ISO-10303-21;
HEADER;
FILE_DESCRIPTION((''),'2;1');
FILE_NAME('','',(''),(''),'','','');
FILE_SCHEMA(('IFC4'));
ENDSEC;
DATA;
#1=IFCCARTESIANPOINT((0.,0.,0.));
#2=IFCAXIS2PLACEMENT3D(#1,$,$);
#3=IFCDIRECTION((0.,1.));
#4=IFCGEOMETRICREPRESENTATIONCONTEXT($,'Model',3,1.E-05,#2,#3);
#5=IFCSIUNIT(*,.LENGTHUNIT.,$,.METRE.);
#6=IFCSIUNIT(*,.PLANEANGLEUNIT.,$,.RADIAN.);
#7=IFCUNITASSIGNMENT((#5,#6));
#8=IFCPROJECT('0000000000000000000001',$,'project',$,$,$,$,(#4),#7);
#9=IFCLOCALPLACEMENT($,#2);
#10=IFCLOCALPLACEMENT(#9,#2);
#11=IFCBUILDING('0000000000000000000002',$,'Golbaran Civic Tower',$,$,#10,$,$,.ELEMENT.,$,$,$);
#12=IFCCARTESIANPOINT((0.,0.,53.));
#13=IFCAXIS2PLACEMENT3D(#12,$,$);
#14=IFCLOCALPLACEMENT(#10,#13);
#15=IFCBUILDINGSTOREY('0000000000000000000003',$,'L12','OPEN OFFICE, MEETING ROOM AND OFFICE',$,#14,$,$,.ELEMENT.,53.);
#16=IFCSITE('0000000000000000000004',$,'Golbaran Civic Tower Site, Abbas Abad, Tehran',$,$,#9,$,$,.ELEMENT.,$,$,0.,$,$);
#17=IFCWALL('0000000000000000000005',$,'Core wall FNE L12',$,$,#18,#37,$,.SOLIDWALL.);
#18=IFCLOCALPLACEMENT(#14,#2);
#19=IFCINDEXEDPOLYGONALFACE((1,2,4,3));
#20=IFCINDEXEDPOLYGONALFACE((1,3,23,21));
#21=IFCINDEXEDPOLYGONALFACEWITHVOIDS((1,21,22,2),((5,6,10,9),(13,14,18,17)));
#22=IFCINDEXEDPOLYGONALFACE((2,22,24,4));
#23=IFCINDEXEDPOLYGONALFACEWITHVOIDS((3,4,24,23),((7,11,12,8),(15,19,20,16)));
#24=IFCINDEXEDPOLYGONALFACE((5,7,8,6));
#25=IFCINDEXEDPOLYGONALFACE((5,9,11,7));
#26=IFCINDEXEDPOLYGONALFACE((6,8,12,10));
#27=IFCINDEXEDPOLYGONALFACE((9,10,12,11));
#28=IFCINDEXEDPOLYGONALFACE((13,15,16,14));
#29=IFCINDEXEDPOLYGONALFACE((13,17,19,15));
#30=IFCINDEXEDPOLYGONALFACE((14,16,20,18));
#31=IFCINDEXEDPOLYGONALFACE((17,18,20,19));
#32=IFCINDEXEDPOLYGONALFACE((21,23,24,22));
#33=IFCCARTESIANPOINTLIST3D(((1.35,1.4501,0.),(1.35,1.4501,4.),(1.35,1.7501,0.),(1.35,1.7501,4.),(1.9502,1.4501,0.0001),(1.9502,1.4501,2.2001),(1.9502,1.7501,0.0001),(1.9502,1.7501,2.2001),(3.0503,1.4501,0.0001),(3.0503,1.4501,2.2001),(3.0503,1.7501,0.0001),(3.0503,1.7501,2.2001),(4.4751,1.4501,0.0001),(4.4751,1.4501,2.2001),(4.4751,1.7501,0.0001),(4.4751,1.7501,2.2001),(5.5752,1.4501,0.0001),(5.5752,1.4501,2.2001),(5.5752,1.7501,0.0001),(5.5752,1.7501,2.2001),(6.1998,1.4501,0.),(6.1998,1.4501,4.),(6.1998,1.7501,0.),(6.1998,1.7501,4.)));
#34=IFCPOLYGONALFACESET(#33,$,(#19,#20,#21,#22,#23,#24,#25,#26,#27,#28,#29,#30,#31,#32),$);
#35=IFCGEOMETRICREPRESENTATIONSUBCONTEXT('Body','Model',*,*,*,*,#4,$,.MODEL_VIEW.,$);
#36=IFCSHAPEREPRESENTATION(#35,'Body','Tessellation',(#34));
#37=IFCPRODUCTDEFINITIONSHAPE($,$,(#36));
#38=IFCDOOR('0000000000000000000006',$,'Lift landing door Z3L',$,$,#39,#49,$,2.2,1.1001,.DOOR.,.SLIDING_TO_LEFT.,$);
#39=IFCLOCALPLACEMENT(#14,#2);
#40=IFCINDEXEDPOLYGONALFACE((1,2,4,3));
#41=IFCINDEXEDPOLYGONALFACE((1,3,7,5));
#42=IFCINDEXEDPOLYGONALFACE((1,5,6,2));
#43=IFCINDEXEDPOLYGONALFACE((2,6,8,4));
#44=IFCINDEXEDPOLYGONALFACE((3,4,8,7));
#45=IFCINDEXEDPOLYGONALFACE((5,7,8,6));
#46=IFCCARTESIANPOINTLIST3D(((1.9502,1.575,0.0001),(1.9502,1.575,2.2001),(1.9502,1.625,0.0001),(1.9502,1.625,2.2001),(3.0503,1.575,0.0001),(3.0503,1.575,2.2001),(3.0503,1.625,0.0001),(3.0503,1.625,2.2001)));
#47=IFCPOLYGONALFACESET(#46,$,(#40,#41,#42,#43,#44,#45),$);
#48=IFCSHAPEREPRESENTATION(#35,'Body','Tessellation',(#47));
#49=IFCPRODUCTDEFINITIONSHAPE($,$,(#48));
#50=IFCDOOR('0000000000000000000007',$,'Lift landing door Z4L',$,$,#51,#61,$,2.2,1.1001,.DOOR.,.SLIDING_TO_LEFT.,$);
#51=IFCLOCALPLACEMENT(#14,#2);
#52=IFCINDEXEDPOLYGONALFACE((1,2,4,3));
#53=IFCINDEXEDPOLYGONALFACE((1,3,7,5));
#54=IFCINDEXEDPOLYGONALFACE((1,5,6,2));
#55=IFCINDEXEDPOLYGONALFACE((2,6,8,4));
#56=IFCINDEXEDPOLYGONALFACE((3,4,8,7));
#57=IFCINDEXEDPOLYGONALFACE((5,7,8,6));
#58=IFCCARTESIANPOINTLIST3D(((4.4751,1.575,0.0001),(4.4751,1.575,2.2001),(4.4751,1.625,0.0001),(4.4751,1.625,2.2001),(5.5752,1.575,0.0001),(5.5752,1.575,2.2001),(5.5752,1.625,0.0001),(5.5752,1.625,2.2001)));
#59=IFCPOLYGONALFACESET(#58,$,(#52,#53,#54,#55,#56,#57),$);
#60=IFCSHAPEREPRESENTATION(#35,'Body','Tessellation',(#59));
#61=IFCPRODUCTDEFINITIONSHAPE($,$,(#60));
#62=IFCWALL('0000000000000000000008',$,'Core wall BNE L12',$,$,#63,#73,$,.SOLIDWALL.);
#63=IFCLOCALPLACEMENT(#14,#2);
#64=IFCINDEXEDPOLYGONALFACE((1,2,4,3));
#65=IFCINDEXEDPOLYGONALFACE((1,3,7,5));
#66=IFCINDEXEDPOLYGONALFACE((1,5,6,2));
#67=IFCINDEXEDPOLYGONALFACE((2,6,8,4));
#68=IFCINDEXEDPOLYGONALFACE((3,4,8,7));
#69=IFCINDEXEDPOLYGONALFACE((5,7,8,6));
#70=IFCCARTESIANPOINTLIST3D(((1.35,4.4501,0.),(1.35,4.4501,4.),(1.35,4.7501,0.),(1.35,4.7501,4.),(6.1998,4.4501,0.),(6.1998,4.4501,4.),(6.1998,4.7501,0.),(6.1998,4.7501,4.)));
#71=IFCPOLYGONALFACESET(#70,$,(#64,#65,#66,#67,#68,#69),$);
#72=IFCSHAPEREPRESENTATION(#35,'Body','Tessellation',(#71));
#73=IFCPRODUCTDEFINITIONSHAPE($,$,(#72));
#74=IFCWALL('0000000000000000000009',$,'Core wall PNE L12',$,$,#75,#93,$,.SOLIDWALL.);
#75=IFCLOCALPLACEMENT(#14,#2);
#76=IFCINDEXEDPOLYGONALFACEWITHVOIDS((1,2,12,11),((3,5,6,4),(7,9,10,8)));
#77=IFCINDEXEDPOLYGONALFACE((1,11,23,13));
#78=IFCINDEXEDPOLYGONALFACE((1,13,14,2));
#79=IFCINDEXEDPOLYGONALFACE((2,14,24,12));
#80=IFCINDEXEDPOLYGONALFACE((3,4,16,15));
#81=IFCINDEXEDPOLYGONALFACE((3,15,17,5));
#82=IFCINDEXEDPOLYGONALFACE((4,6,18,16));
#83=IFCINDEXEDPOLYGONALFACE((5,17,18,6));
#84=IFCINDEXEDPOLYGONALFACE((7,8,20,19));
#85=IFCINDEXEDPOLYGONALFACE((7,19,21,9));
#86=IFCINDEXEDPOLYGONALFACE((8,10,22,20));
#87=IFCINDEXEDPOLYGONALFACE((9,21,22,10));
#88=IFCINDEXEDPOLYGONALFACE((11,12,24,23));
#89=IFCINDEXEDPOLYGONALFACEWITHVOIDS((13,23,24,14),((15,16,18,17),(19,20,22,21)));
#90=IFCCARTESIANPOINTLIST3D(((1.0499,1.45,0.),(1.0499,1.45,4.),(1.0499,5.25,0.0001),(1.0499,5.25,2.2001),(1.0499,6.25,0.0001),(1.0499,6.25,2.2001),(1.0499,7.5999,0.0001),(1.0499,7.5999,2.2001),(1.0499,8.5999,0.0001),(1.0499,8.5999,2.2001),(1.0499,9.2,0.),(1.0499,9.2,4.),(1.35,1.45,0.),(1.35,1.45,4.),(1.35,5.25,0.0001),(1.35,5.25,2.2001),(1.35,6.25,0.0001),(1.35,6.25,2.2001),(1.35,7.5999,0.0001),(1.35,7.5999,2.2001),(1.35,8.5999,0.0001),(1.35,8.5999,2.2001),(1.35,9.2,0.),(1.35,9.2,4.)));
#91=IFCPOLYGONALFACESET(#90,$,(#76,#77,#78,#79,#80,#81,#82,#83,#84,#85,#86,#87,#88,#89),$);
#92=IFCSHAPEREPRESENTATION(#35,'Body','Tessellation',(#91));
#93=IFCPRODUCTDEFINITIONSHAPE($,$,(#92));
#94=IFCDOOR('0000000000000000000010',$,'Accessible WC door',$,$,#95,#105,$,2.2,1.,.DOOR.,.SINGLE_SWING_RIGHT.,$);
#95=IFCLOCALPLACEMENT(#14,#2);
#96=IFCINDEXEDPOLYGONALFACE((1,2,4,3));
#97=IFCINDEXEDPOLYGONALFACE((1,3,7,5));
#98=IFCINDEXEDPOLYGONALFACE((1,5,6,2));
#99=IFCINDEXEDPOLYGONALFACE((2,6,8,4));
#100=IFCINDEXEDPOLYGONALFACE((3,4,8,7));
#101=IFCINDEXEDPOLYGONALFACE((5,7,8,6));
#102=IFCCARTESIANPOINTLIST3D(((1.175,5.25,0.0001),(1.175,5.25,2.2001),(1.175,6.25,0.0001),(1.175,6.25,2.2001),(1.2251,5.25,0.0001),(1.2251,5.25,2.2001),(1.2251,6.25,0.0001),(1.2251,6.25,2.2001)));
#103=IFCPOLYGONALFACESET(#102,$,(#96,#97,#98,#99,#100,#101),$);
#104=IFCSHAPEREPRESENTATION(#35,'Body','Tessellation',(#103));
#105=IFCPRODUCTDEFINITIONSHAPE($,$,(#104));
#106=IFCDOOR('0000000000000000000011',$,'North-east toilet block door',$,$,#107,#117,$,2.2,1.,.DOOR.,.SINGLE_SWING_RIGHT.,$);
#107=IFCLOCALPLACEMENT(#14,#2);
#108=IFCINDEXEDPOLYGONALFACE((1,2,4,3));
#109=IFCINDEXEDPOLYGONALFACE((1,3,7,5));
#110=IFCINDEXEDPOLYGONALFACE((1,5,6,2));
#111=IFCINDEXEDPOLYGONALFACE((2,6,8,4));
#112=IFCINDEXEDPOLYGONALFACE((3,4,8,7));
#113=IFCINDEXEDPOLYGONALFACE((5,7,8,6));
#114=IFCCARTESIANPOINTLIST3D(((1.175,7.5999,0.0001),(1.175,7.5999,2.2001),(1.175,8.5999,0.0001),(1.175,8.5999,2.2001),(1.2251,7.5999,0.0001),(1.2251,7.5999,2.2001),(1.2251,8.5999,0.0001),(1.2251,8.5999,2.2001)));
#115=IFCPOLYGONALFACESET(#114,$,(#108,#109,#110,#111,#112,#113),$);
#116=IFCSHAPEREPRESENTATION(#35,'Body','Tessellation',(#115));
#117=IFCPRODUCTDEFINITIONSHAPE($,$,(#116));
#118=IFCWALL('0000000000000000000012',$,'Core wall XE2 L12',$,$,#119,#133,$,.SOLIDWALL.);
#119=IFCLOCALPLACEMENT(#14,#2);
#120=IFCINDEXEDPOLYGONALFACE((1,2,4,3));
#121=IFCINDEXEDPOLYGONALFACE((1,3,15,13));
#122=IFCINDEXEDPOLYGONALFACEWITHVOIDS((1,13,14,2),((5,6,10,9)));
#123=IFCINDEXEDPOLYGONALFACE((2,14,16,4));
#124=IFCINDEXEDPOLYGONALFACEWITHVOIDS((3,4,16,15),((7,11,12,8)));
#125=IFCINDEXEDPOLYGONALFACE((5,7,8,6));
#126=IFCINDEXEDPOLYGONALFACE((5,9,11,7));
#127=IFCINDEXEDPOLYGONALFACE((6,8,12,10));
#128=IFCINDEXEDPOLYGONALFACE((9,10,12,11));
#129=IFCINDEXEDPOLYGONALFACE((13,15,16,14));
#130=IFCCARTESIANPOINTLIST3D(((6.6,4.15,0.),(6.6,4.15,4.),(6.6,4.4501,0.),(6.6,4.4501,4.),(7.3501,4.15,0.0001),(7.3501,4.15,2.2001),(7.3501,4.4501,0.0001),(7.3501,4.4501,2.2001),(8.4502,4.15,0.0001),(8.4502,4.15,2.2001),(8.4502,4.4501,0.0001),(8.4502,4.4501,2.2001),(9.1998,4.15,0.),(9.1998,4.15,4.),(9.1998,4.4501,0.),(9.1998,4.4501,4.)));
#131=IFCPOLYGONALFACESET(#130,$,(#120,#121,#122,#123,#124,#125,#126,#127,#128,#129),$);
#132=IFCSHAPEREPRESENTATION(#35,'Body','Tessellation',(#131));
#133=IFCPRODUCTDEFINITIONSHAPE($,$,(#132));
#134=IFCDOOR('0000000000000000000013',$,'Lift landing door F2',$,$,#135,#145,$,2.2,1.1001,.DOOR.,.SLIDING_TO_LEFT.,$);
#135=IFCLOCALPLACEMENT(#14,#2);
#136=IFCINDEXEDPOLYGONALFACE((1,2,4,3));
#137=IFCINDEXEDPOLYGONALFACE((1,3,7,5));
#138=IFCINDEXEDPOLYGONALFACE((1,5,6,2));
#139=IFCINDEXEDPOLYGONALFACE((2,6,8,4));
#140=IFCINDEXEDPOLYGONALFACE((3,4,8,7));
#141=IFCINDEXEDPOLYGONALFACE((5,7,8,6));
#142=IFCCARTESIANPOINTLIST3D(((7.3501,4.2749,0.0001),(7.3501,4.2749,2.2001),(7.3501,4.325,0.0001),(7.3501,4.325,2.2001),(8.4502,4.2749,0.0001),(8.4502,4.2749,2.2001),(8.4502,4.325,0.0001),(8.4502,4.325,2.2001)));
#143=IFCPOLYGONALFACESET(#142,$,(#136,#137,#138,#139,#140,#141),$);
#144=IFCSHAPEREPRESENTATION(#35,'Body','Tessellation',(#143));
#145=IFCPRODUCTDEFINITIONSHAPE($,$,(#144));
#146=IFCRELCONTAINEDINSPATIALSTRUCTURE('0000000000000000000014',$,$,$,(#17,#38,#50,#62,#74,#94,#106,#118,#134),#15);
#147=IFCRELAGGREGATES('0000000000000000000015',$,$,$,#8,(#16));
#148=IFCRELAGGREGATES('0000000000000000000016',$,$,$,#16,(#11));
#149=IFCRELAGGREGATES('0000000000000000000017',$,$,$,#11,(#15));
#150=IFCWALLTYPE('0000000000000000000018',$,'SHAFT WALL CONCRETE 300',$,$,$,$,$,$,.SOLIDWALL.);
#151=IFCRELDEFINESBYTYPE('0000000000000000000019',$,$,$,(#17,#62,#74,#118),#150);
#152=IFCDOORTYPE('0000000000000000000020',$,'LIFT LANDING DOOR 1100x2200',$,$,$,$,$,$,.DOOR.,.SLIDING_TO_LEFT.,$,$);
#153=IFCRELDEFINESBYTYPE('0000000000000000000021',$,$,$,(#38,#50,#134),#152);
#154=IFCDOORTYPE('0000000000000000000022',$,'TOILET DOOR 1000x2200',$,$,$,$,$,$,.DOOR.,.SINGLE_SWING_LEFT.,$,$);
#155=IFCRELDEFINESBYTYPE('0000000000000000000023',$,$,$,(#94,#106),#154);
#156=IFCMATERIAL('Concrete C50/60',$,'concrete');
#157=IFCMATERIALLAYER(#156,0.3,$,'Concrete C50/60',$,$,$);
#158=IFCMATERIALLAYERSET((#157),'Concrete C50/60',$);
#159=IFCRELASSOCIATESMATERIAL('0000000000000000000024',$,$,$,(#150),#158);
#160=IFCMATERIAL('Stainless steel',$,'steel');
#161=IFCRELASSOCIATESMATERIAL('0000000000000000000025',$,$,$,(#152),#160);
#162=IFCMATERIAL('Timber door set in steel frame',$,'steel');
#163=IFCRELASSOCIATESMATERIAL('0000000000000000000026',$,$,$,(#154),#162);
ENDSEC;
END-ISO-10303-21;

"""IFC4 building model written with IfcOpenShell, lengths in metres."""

from ifc_helpers import new_model, si_unit, direction, frame, frame_2d, origin, place, context, subcontext, project, spatial, rectangle, extrude, material, layer, layer_set, type_object, element, fill, save


model = new_model("IFC4")

# Units and contexts
model_context = context("Model", 3, precision=1e-05, world=origin(), true_north=direction((0.0, 1.0)))
body_context = subcontext(model_context, "Body", "Model", "MODEL_VIEW")
ifc_project = project(units=[si_unit("LENGTHUNIT", "METRE"), si_unit("PLANEANGLEUNIT", "RADIAN")], contexts=[model_context])

# Site, building, storey
site_placement = place(None, origin())
site = spatial("IfcSite", under=ifc_project, at=site_placement, Name="Golbaran Civic Tower Site, Abbas Abad, Tehran", CompositionType="ELEMENT", RefElevation=0.0)
building_placement = place(site_placement, origin())
building = spatial("IfcBuilding", under=site, at=building_placement, Name="Golbaran Civic Tower", CompositionType="ELEMENT")
storey_placement = place(building_placement, frame((0.0, 0.0, 53.0)))
storey = spatial("IfcBuildingStorey", under=building, at=storey_placement, Name="L12", Description="OPEN OFFICE, MEETING ROOM AND OFFICE", CompositionType="ELEMENT", Elevation=53.0)

# Wall, openings, doors
ifc_material_1 = material(Name="Concrete C50/60", Category="concrete")
ifc_layer_1 = layer(ifc_material_1, 0.3, Name="Concrete C50/60")
ifc_layer_set_1 = layer_set([ifc_layer_1], Name="Concrete C50/60")
wall_type_1 = type_object("IfcWallType", Name="SHAFT WALL CONCRETE 300", PredefinedType="SOLIDWALL", material=ifc_layer_set_1)
wall_1_placement = place(storey_placement, frame((1.3501, 1.6001, 0.0), z_axis=(0.0, 0.0, 1.0), x_axis=(1.0, 0.0, 0.0)))
wall_1 = element("IfcWall", 1, at=wall_1_placement, inside=storey, type_object=wall_type_1, Name="Core wall FNE L12", PredefinedType="SOLIDWALL", context=body_context, shape_type="SweptSolid", body=[
    extrude(rectangle(XDim=4.8499, YDim=0.3, at=frame_2d((2.4248, 0.0))), origin(), (0.0, 0.0, 1.0), 4.0),
])
opening_1_placement = place(wall_1_placement, frame((0.6001, 0.0, 0.0)))
opening_1 = element("IfcOpeningElement", 2, at=opening_1_placement, cuts=wall_1, PredefinedType="OPENING", context=body_context, shape_type="SweptSolid", body=[
    extrude(rectangle(XDim=1.1001, YDim=2.2, at=frame_2d((0.55, 1.1001))), frame((0.0, 0.1599, 0.0), z_axis=(0.0, -1.0, 0.0), x_axis=(1.0, 0.0, 0.0)), (0.0, 0.0, 1.0), 0.3201),
])
opening_2_placement = place(wall_1_placement, frame((3.125, 0.0, 0.0)))
opening_2 = element("IfcOpeningElement", 3, at=opening_2_placement, cuts=wall_1, PredefinedType="OPENING", context=body_context, shape_type="SweptSolid", body=[
    extrude(rectangle(XDim=1.1001, YDim=2.2, at=frame_2d((0.55, 1.1001))), frame((0.0, 0.1599, 0.0), z_axis=(0.0, -1.0, 0.0), x_axis=(1.0, 0.0, 0.0)), (0.0, 0.0, 1.0), 0.3201),
])
ifc_material_2 = material(Name="Stainless steel", Category="steel")
door_type_1 = type_object("IfcDoorType", Name="LIFT LANDING DOOR 1100x2200", OperationType="SLIDING_TO_LEFT", PredefinedType="DOOR", material=ifc_material_2)
door_1_placement = place(opening_1_placement, origin())
door_1 = element("IfcDoor", 4, at=door_1_placement, inside=storey, type_object=door_type_1, Name="Lift landing door Z3L", OperationType="SLIDING_TO_LEFT", OverallHeight=2.2, OverallWidth=1.1001, PredefinedType="DOOR", context=body_context, shape_type="SweptSolid", body=[
    extrude(rectangle(XDim=1.1001, YDim=2.2, at=frame_2d((0.55, 1.1001))), frame((0.0, 0.0249, 0.0), z_axis=(0.0, -1.0, 0.0), x_axis=(1.0, 0.0, 0.0)), (0.0, 0.0, 1.0), 0.05),
])
fill(opening_1, door_1)
door_2_placement = place(opening_2_placement, origin())
door_2 = element("IfcDoor", 5, at=door_2_placement, inside=storey, type_object=door_type_1, Name="Lift landing door Z4L", OperationType="SLIDING_TO_LEFT", OverallHeight=2.2, OverallWidth=1.1001, PredefinedType="DOOR", context=body_context, shape_type="SweptSolid", body=[
    extrude(rectangle(XDim=1.1001, YDim=2.2, at=frame_2d((0.55, 1.1001))), frame((0.0, 0.0249, 0.0), z_axis=(0.0, -1.0, 0.0), x_axis=(1.0, 0.0, 0.0)), (0.0, 0.0, 1.0), 0.05),
])
fill(opening_2, door_2)

# Wall
wall_2_placement = place(storey_placement, frame((1.3501, 4.6001, 0.0), z_axis=(0.0, 0.0, 1.0), x_axis=(1.0, 0.0, 0.0)))
element("IfcWall", 6, at=wall_2_placement, inside=storey, type_object=wall_type_1, Name="Core wall BNE L12", PredefinedType="SOLIDWALL", context=body_context, shape_type="SweptSolid", body=[
    extrude(rectangle(XDim=4.8499, YDim=0.3, at=frame_2d((2.4248, 0.0))), origin(), (0.0, 0.0, 1.0), 4.0),
])

# Wall, openings, doors
wall_3_placement = place(storey_placement, frame((1.2, 1.45, 0.0), z_axis=(0.0, 0.0, 1.0), x_axis=(0.0, 1.0, 0.0)))
wall_3 = element("IfcWall", 7, at=wall_3_placement, inside=storey, type_object=wall_type_1, Name="Core wall PNE L12", PredefinedType="SOLIDWALL", context=body_context, shape_type="SweptSolid", body=[
    extrude(rectangle(XDim=7.75, YDim=0.3, at=frame_2d((3.875, 0.0))), origin(), (0.0, 0.0, 1.0), 4.0),
])
opening_3_placement = place(wall_3_placement, frame((3.8, 0.0, 0.0)))
opening_3 = element("IfcOpeningElement", 8, at=opening_3_placement, cuts=wall_3, PredefinedType="OPENING", context=body_context, shape_type="SweptSolid", body=[
    extrude(rectangle(XDim=1.0, YDim=2.2, at=frame_2d((0.5, 1.1001))), frame((0.0, 0.1599, 0.0), z_axis=(0.0, -1.0, 0.0), x_axis=(1.0, 0.0, 0.0)), (0.0, 0.0, 1.0), 0.3201),
])
opening_4_placement = place(wall_3_placement, frame((6.1499, 0.0, 0.0)))
opening_4 = element("IfcOpeningElement", 9, at=opening_4_placement, cuts=wall_3, PredefinedType="OPENING", context=body_context, shape_type="SweptSolid", body=[
    extrude(rectangle(XDim=1.0, YDim=2.2, at=frame_2d((0.5, 1.1001))), frame((0.0, 0.1599, 0.0), z_axis=(0.0, -1.0, 0.0), x_axis=(1.0, 0.0, 0.0)), (0.0, 0.0, 1.0), 0.3201),
])
ifc_material_3 = material(Name="Timber door set in steel frame", Category="steel")
door_type_2 = type_object("IfcDoorType", Name="TOILET DOOR 1000x2200", OperationType="SINGLE_SWING_LEFT", PredefinedType="DOOR", material=ifc_material_3)
door_3_placement = place(opening_3_placement, origin())
door_3 = element("IfcDoor", 10, at=door_3_placement, inside=storey, type_object=door_type_2, Name="Accessible WC door", OperationType="SINGLE_SWING_RIGHT", OverallHeight=2.2, OverallWidth=1.0, PredefinedType="DOOR", context=body_context, shape_type="SweptSolid", body=[
    extrude(rectangle(XDim=1.0, YDim=2.2, at=frame_2d((0.5, 1.1001))), frame((0.0, 0.0249, 0.0), z_axis=(0.0, -1.0, 0.0), x_axis=(1.0, 0.0, 0.0)), (0.0, 0.0, 1.0), 0.05),
])
fill(opening_3, door_3)
door_4_placement = place(opening_4_placement, origin())
door_4 = element("IfcDoor", 11, at=door_4_placement, inside=storey, type_object=door_type_2, Name="North-east toilet block door", OperationType="SINGLE_SWING_RIGHT", OverallHeight=2.2, OverallWidth=1.0, PredefinedType="DOOR", context=body_context, shape_type="SweptSolid", body=[
    extrude(rectangle(XDim=1.0, YDim=2.2, at=frame_2d((0.5, 1.1001))), frame((0.0, 0.0249, 0.0), z_axis=(0.0, -1.0, 0.0), x_axis=(1.0, 0.0, 0.0)), (0.0, 0.0, 1.0), 0.05),
])
fill(opening_4, door_4)

# Wall, opening, door
wall_4_placement = place(storey_placement, frame((6.6001, 4.3, 0.0), z_axis=(0.0, 0.0, 1.0), x_axis=(1.0, 0.0, 0.0)))
wall_4 = element("IfcWall", 12, at=wall_4_placement, inside=storey, type_object=wall_type_1, Name="Core wall XE2 L12", PredefinedType="SOLIDWALL", context=body_context, shape_type="SweptSolid", body=[
    extrude(rectangle(XDim=2.5999, YDim=0.3, at=frame_2d((1.2998, 0.0))), origin(), (0.0, 0.0, 1.0), 4.0),
])
opening_5_placement = place(wall_4_placement, frame((0.75, 0.0, 0.0)))
opening_5 = element("IfcOpeningElement", 13, at=opening_5_placement, cuts=wall_4, PredefinedType="OPENING", context=body_context, shape_type="SweptSolid", body=[
    extrude(rectangle(XDim=1.1001, YDim=2.2, at=frame_2d((0.55, 1.1001))), frame((0.0, 0.1599, 0.0), z_axis=(0.0, -1.0, 0.0), x_axis=(1.0, 0.0, 0.0)), (0.0, 0.0, 1.0), 0.3201),
])
door_5_placement = place(opening_5_placement, origin())
door_5 = element("IfcDoor", 14, at=door_5_placement, inside=storey, type_object=door_type_1, Name="Lift landing door F2", OperationType="SLIDING_TO_LEFT", OverallHeight=2.2, OverallWidth=1.1001, PredefinedType="DOOR", context=body_context, shape_type="SweptSolid", body=[
    extrude(rectangle(XDim=1.1001, YDim=2.2, at=frame_2d((0.55, 1.1001))), frame((0.0, 0.0249, 0.0), z_axis=(0.0, -1.0, 0.0), x_axis=(1.0, 0.0, 0.0)), (0.0, 0.0, 1.0), 0.05),
])
fill(opening_5, door_5)

save(model, "model.ifc")
